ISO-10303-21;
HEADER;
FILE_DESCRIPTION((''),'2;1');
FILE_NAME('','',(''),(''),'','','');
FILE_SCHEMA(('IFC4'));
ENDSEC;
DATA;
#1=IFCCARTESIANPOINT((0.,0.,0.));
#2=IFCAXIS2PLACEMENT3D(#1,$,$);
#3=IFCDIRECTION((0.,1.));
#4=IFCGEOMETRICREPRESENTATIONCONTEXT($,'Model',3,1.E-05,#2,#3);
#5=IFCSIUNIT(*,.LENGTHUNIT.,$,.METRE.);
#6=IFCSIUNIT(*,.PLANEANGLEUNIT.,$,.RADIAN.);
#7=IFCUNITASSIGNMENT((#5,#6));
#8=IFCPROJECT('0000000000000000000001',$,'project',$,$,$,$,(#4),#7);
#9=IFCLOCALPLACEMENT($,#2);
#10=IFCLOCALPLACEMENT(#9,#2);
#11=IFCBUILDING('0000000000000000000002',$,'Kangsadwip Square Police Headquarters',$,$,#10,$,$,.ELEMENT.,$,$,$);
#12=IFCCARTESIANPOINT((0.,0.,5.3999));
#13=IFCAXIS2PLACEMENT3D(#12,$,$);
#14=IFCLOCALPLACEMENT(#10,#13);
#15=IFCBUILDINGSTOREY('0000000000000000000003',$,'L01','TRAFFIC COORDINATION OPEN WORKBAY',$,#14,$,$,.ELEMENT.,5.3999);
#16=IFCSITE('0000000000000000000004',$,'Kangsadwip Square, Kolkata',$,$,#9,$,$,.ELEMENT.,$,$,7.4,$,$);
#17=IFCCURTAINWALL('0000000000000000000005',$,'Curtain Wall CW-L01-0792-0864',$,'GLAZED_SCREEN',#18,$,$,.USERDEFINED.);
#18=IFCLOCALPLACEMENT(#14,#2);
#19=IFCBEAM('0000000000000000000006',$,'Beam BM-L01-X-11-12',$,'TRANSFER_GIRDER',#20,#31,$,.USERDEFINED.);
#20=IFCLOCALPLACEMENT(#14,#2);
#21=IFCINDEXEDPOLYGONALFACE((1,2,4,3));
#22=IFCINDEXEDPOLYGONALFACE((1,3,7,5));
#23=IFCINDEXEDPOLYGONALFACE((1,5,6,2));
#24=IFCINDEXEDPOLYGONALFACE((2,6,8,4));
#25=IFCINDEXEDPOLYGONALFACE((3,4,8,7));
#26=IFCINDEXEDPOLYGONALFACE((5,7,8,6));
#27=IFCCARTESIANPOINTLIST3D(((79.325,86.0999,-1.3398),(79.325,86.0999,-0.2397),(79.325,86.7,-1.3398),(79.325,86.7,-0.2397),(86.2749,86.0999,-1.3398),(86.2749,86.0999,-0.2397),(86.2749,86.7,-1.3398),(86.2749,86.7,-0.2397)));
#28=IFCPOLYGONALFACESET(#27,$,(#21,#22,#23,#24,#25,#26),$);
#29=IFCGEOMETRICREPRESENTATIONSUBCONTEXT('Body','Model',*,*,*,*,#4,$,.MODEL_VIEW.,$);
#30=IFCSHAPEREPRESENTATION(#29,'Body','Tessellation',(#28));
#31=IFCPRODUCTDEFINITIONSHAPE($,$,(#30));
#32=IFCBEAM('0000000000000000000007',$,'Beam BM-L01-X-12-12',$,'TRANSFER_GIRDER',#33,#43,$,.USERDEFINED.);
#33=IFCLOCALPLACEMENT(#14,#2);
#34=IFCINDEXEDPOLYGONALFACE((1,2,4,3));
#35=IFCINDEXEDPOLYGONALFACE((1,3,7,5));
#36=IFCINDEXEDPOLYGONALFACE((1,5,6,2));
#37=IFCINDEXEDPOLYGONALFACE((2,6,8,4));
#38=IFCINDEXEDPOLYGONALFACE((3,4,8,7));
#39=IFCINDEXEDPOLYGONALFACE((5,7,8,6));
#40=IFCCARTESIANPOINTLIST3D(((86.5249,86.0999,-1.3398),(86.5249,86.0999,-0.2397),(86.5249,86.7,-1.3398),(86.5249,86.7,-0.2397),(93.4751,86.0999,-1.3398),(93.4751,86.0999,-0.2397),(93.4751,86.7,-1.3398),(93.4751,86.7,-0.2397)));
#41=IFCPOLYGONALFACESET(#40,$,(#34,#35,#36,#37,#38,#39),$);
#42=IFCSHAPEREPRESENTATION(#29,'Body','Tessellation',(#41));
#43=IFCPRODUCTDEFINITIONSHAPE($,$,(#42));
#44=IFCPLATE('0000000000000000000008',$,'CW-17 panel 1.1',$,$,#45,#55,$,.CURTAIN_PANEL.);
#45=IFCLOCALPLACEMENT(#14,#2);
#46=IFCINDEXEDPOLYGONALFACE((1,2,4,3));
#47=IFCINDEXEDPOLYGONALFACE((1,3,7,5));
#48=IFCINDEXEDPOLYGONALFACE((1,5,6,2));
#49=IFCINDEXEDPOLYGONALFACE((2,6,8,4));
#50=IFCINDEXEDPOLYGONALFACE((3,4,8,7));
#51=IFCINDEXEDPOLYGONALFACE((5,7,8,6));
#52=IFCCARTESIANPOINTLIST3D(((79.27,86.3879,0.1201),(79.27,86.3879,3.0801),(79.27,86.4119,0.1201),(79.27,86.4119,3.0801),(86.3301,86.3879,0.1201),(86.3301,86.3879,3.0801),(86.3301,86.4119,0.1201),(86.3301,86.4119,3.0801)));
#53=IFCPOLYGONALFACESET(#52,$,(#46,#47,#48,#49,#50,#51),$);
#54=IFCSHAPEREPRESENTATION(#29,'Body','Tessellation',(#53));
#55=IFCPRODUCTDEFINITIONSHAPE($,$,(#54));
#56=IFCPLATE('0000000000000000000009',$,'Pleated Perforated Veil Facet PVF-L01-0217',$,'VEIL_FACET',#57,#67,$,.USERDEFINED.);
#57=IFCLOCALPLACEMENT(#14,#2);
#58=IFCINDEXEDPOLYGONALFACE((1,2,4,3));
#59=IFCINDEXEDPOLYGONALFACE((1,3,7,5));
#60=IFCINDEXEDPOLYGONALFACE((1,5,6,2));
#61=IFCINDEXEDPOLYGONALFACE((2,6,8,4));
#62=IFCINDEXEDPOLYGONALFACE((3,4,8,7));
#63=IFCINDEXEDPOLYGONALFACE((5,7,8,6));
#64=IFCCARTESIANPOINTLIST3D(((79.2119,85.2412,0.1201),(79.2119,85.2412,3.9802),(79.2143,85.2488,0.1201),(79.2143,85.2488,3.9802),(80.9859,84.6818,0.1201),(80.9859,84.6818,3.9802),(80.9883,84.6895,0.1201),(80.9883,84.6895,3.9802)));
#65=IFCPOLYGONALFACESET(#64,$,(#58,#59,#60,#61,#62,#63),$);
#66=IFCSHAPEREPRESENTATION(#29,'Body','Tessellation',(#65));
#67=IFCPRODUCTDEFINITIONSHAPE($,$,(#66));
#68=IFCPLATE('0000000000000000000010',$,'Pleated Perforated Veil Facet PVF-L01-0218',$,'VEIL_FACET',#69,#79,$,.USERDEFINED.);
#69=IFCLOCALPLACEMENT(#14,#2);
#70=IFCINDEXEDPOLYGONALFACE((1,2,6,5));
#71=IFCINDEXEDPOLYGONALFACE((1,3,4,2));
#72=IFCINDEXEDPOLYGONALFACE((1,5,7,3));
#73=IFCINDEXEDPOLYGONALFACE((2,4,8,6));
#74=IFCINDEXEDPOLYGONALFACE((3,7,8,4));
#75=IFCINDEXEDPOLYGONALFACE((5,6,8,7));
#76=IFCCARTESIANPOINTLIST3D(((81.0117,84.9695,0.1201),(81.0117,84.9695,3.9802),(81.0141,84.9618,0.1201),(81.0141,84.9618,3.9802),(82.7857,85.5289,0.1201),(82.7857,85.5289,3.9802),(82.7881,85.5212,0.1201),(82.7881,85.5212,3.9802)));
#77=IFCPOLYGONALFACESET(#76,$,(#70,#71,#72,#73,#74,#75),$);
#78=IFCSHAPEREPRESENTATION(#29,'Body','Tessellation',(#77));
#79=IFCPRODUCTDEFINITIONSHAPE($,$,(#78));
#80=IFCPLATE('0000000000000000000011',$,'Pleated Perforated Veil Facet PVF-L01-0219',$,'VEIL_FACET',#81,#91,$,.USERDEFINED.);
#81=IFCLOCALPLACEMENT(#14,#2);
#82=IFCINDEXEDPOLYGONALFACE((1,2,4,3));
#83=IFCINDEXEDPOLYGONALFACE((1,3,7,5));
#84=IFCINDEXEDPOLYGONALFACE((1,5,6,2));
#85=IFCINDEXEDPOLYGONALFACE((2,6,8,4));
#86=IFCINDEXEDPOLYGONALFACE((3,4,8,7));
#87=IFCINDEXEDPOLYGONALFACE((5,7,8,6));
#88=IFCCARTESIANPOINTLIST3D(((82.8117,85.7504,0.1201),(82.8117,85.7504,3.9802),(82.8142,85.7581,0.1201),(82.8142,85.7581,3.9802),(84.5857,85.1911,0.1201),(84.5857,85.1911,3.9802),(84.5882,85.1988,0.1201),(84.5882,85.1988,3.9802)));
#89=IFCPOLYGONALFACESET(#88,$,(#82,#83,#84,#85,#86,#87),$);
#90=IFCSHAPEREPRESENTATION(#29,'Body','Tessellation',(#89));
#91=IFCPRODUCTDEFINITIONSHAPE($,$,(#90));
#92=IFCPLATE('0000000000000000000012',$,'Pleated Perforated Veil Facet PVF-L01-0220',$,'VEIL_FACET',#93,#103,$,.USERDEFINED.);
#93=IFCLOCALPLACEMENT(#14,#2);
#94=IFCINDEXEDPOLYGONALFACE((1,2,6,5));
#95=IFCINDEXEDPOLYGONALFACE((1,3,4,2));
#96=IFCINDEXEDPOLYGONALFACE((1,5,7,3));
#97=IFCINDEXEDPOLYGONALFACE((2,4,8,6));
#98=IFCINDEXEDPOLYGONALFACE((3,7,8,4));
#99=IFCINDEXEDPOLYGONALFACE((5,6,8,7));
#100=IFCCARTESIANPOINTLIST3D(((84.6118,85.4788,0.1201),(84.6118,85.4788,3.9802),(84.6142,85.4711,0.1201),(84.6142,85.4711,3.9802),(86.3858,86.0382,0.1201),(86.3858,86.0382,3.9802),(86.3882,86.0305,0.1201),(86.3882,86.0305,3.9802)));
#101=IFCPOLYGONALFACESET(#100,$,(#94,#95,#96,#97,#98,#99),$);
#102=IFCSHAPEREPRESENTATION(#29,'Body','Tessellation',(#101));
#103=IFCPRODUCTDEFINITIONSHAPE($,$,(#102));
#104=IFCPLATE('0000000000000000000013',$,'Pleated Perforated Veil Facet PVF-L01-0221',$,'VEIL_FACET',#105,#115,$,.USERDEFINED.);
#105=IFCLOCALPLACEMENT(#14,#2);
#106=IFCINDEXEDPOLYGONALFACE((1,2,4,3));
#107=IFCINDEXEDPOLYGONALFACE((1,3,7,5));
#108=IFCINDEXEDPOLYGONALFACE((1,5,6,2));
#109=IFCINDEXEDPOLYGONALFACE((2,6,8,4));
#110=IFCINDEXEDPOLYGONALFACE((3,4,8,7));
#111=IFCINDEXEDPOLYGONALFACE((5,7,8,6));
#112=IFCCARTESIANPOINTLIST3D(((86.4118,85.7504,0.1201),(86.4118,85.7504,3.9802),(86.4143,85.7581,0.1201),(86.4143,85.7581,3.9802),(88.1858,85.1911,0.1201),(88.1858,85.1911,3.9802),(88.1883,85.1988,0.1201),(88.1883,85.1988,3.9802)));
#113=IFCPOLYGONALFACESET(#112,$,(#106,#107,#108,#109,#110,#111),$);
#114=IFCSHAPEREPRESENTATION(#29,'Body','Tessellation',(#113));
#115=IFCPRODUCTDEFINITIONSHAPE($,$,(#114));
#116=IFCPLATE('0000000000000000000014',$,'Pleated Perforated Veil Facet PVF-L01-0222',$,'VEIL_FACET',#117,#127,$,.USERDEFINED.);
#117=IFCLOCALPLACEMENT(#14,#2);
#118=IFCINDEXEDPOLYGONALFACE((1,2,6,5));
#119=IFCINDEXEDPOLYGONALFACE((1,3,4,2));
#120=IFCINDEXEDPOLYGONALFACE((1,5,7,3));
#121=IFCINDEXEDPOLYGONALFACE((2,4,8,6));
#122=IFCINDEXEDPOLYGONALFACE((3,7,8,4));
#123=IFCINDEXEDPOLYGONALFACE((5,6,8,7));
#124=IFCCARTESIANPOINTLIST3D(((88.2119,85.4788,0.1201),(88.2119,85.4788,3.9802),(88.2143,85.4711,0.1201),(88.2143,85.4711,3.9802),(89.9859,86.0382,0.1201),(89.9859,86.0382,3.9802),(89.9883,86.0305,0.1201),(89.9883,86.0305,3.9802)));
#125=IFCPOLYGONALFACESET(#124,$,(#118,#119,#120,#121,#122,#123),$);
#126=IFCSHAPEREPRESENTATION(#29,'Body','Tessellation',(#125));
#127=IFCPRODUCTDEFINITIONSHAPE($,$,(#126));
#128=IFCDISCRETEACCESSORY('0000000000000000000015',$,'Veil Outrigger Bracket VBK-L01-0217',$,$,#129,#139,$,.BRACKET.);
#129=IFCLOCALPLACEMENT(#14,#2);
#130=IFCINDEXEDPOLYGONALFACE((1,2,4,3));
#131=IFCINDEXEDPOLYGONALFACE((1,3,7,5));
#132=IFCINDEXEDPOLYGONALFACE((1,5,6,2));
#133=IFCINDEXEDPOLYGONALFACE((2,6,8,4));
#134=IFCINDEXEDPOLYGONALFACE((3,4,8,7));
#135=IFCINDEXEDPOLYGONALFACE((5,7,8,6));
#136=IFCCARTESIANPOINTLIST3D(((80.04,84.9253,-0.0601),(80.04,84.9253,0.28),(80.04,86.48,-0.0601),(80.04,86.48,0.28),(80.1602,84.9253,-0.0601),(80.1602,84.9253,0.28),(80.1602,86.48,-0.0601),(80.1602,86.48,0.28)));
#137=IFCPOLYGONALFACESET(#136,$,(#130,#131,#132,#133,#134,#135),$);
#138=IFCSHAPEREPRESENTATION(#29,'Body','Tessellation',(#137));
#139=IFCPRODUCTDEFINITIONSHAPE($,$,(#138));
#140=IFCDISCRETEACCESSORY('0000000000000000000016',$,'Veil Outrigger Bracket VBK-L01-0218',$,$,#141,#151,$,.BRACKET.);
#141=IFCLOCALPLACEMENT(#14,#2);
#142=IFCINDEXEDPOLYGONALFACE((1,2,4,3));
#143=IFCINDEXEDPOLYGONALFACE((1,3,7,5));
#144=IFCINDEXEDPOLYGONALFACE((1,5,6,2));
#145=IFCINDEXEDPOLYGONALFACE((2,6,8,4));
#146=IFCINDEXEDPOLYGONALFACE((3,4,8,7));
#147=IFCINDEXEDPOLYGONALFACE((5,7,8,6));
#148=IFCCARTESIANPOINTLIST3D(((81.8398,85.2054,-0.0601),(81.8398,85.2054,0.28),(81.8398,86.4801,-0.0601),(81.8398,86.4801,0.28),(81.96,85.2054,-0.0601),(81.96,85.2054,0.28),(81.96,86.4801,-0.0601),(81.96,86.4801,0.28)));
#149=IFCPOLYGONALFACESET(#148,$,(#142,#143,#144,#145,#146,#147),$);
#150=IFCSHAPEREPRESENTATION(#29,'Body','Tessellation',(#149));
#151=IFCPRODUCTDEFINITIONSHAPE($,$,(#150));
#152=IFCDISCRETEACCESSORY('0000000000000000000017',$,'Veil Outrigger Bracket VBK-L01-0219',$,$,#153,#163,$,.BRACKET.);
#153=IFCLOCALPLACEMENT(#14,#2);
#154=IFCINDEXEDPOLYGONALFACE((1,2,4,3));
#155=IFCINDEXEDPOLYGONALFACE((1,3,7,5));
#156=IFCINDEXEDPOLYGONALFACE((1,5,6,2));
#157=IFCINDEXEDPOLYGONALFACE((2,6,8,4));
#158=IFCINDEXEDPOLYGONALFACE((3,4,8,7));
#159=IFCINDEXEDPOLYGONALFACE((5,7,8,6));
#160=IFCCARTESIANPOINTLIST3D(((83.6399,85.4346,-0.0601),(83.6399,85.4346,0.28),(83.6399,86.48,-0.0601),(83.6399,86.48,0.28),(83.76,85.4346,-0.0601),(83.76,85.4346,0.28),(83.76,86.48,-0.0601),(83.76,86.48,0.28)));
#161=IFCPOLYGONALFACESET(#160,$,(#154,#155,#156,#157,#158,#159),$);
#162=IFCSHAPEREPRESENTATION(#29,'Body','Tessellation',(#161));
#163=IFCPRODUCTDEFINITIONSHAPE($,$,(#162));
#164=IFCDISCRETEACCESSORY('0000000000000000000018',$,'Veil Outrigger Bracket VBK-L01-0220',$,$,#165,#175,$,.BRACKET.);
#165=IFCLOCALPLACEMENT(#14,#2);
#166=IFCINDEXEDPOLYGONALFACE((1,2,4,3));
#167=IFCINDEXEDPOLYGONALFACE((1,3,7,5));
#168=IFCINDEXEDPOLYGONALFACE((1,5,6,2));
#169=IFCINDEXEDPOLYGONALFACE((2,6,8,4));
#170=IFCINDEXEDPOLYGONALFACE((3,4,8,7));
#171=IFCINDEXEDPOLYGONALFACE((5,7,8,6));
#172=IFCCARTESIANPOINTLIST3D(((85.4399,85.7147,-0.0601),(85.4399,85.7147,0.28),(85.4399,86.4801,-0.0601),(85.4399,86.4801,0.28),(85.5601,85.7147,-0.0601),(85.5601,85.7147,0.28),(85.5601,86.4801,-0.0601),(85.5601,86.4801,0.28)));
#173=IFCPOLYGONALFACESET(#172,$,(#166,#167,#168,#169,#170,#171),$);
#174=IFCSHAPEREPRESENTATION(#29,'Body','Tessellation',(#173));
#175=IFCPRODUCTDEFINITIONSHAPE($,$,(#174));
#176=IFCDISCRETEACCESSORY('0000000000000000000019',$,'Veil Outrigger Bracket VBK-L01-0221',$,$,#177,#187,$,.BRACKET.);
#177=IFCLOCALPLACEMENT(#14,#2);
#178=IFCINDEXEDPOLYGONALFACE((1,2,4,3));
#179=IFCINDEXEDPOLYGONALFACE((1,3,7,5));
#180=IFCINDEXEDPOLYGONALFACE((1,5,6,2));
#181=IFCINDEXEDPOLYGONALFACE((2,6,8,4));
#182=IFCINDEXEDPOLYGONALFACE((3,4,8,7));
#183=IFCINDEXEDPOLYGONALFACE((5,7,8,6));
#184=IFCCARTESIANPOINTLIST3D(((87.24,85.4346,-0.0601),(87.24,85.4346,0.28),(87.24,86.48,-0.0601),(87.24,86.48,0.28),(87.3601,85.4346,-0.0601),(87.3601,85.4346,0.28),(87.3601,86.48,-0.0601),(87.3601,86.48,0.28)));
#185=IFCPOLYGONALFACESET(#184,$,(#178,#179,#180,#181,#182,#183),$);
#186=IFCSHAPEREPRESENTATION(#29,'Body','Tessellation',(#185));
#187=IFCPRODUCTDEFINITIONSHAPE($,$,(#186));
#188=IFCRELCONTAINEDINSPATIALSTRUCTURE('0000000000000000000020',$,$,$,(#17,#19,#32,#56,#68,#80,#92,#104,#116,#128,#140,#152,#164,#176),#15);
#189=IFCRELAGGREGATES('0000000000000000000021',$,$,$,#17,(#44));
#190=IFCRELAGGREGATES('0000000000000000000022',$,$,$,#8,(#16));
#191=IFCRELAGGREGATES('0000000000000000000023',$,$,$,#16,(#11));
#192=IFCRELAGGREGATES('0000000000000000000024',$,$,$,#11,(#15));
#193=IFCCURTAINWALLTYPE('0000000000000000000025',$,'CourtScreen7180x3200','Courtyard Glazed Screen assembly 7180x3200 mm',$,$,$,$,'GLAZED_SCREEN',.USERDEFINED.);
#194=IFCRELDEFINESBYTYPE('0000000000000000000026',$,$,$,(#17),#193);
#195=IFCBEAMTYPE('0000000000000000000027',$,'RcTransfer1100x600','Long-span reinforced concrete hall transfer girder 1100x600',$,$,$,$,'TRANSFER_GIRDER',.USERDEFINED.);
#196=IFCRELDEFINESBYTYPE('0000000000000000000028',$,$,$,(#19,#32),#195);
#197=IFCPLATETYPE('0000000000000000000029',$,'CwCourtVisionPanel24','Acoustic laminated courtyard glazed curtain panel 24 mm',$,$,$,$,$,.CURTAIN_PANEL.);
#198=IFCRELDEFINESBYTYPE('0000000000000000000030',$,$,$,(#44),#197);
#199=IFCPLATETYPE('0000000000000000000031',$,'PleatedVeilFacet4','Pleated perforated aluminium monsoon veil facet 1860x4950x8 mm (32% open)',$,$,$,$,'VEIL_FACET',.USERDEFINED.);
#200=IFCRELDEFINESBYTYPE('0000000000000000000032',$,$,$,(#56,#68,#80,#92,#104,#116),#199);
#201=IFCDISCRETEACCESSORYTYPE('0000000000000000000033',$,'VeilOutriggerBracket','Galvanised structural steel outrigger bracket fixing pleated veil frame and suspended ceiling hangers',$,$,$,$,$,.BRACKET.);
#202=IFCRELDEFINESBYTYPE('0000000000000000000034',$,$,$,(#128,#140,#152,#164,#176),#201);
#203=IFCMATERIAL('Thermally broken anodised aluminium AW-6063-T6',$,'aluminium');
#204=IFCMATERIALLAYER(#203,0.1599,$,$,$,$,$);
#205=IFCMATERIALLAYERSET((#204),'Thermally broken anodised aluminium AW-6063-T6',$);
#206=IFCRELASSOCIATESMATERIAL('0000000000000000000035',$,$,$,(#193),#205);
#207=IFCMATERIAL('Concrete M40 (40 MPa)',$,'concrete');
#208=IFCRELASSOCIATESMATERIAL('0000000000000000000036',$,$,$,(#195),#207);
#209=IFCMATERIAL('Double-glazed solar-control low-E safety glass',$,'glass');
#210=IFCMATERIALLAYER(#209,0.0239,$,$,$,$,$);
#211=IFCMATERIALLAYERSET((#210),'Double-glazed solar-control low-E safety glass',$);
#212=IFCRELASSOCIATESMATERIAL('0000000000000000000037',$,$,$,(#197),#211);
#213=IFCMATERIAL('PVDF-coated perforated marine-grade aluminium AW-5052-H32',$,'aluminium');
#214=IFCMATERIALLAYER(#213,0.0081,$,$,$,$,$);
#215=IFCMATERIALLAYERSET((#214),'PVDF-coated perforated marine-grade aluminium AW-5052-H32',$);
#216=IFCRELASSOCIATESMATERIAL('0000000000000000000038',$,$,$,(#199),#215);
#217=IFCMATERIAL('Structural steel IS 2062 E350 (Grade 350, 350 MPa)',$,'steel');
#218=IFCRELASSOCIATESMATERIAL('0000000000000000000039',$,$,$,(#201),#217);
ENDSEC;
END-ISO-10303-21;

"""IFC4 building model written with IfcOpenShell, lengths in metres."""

from ifc_helpers import new_model, si_unit, direction, frame, origin, origin_2d, place, context, subcontext, project, spatial, rectangle, extrude, material, layer, layer_set, material_profile, profile_set, type_object, element, aggregate, save


model = new_model("IFC4")

# Units and contexts
model_context = context("Model", 3, precision=1e-05, world=origin(), true_north=direction((0.0, 1.0)))
body_context = subcontext(model_context, "Body", "Model", "MODEL_VIEW")
ifc_project = project(units=[si_unit("LENGTHUNIT", "METRE"), si_unit("PLANEANGLEUNIT", "RADIAN")], contexts=[model_context])

# Site, building, storey
site_placement = place(None, origin())
site = spatial("IfcSite", under=ifc_project, at=site_placement, Name="Kangsadwip Square, Kolkata", CompositionType="ELEMENT", RefElevation=7.4)
building_placement = place(site_placement, origin())
building = spatial("IfcBuilding", under=site, at=building_placement, Name="Kangsadwip Square Police Headquarters", CompositionType="ELEMENT")
storey_placement = place(building_placement, frame((0.0, 0.0, 5.3999)))
storey = spatial("IfcBuildingStorey", under=building, at=storey_placement, Name="L01", Description="TRAFFIC COORDINATION OPEN WORKBAY", CompositionType="ELEMENT", Elevation=5.3999)

# Shared definitions
ifc_material_1 = material(Name="Thermally broken anodised aluminium AW-6063-T6", Category="aluminium")
ifc_layer_1 = layer(ifc_material_1, 0.1599)
ifc_layer_set_1 = layer_set([ifc_layer_1], Name="Thermally broken anodised aluminium AW-6063-T6")
curtain_wall_type = type_object("IfcCurtainWallType", Name="CourtScreen7180x3200", Description="Courtyard Glazed Screen assembly 7180x3200 mm", ElementType="GLAZED_SCREEN", PredefinedType="USERDEFINED", material=ifc_layer_set_1)

# Curtain wall
curtain_wall_1_placement = place(storey_placement, origin())
curtain_wall_1 = element("IfcCurtainWall", 1, at=curtain_wall_1_placement, inside=storey, type_object=curtain_wall_type, Name="Curtain Wall CW-L01-0792-0864", ObjectType="GLAZED_SCREEN", PredefinedType="USERDEFINED")

# Beams
ifc_material_2 = material(Name="Concrete M40 (40 MPa)", Category="concrete")
ifc_material_profile_1 = material_profile(ifc_material_2, rectangle(XDim=0.6001, YDim=1.1001, at=origin_2d()), Name="RC TG 1100X600")
ifc_profile_set_1 = profile_set([ifc_material_profile_1], Name="Concrete M40 (40 MPa)")
beam_type = type_object("IfcBeamType", Name="RcTransfer1100x600", Description="Long-span reinforced concrete hall transfer girder 1100x600", ElementType="TRANSFER_GIRDER", PredefinedType="USERDEFINED", material=ifc_profile_set_1)
beam_1_placement = place(storey_placement, frame((79.325, 86.3999, -0.7898), z_axis=(1.0, 0.0, 0.0), x_axis=(0.0, 1.0, 0.0)))
element("IfcBeam", 2, at=beam_1_placement, inside=storey, type_object=beam_type, Name="Beam BM-L01-X-11-12", ObjectType="TRANSFER_GIRDER", PredefinedType="USERDEFINED", context=body_context, shape_type="SweptSolid", body=[
    extrude(rectangle(XDim=0.6001, YDim=1.1001, at=origin_2d()), origin(), (0.0, 0.0, 1.0), 6.95),
])
beam_2_placement = place(storey_placement, frame((86.5249, 86.3999, -0.7898), z_axis=(1.0, 0.0, 0.0), x_axis=(0.0, 1.0, 0.0)))
element("IfcBeam", 3, at=beam_2_placement, inside=storey, type_object=beam_type, Name="Beam BM-L01-X-12-12", ObjectType="TRANSFER_GIRDER", PredefinedType="USERDEFINED", context=body_context, shape_type="SweptSolid", body=[
    extrude(rectangle(XDim=0.6001, YDim=1.1001, at=origin_2d()), origin(), (0.0, 0.0, 1.0), 6.9502),
])

# Plate
ifc_material_3 = material(Name="Double-glazed solar-control low-E safety glass", Category="glass")
ifc_layer_2 = layer(ifc_material_3, 0.0239)
ifc_layer_set_2 = layer_set([ifc_layer_2], Name="Double-glazed solar-control low-E safety glass")
plate_type_1 = type_object("IfcPlateType", Name="CwCourtVisionPanel24", Description="Acoustic laminated courtyard glazed curtain panel 24 mm", PredefinedType="CURTAIN_PANEL", material=ifc_layer_set_2)
plate_placement = place(storey_placement, frame((82.8, 86.3999, 0.1201), z_axis=(0.0, 0.0, 1.0), x_axis=(1.0, 0.0, 0.0)))
plate = element("IfcPlate", 4, at=plate_placement, type_object=plate_type_1, Name="CW-17 panel 1.1", PredefinedType="CURTAIN_PANEL", context=body_context, shape_type="SweptSolid", body=[
    extrude(rectangle(XDim=7.0601, YDim=0.0239, at=origin_2d()), origin(), (0.0, 0.0, 1.0), 2.96),
])
aggregate(curtain_wall_1, [plate])

# Plates
ifc_material_4 = material(Name="PVDF-coated perforated marine-grade aluminium AW-5052-H32", Category="aluminium")
ifc_layer_3 = layer(ifc_material_4, 0.0081)
ifc_layer_set_3 = layer_set([ifc_layer_3], Name="PVDF-coated perforated marine-grade aluminium AW-5052-H32")
plate_type_2 = type_object("IfcPlateType", Name="PleatedVeilFacet4", Description="Pleated perforated aluminium monsoon veil facet 1860x4950x8 mm (32% open)", ElementType="VEIL_FACET", PredefinedType="USERDEFINED", material=ifc_layer_set_3)
for number, where, z_axis, x_axis, name in (
    (5, (80.1001, 84.9653, 0.1201), (0.0, 0.0, 1.0), (0.953717, -0.300706, 0.0), "Pleated Perforated Veil Facet PVF-L01-0217"),
    (6, (81.8999, 85.2454, 0.1201), (0.0, 0.0, 1.0), (0.953717, 0.300706, 0.0), "Pleated Perforated Veil Facet PVF-L01-0218"),
    (7, (83.7, 85.4746, 0.1201), (0.0, 0.0, 1.0), (0.953717, -0.300706, 0.0), "Pleated Perforated Veil Facet PVF-L01-0219"),
    (8, (85.5, 85.7546, 0.1201), (0.0, 0.0, 1.0), (0.953717, 0.300706, 0.0), "Pleated Perforated Veil Facet PVF-L01-0220"),
    (9, (87.3, 85.4746, 0.1201), (0.0, 0.0, 1.0), (0.953717, -0.300706, 0.0), "Pleated Perforated Veil Facet PVF-L01-0221"),
    (10, (89.1001, 85.7546, 0.1201), (0.0, 0.0, 1.0), (0.953717, 0.300706, 0.0), "Pleated Perforated Veil Facet PVF-L01-0222"),
):
    element("IfcPlate", number, at=place(storey_placement, frame(where, z_axis=z_axis, x_axis=x_axis)), inside=storey, type_object=plate_type_2, Name=name, ObjectType="VEIL_FACET", PredefinedType="USERDEFINED", context=body_context, shape_type="SweptSolid", body=[
        extrude(rectangle(XDim=1.8601, YDim=0.0081, at=origin_2d()), origin(), (0.0, 0.0, 1.0), 3.8601),
    ])

# Discrete accessories
ifc_material_5 = material(Name="Structural steel IS 2062 E350 (Grade 350, 350 MPa)", Category="steel")
discrete_accessory_type = type_object("IfcDiscreteAccessoryType", Name="VeilOutriggerBracket", Description="Galvanised structural steel outrigger bracket fixing pleated veil frame and suspended ceiling hangers", PredefinedType="BRACKET", material=ifc_material_5)
discrete_accessory_1_placement = place(storey_placement, frame((80.1001, 85.7026, -0.0601), z_axis=(0.0, 0.0, 1.0), x_axis=(1.0, 0.0, 0.0)))
element("IfcDiscreteAccessory", 11, at=discrete_accessory_1_placement, inside=storey, type_object=discrete_accessory_type, Name="Veil Outrigger Bracket VBK-L01-0217", PredefinedType="BRACKET", context=body_context, shape_type="SweptSolid", body=[
    extrude(rectangle(XDim=0.1201, YDim=1.5547, at=origin_2d()), origin(), (0.0, 0.0, 1.0), 0.3401),
])
discrete_accessory_2_placement = place(storey_placement, frame((81.8999, 85.8428, -0.0601), z_axis=(0.0, 0.0, 1.0), x_axis=(1.0, 0.0, 0.0)))
element("IfcDiscreteAccessory", 12, at=discrete_accessory_2_placement, inside=storey, type_object=discrete_accessory_type, Name="Veil Outrigger Bracket VBK-L01-0218", PredefinedType="BRACKET", context=body_context, shape_type="SweptSolid", body=[
    extrude(rectangle(XDim=0.1201, YDim=1.2747, at=origin_2d()), origin(), (0.0, 0.0, 1.0), 0.3401),
])
discrete_accessory_3_placement = place(storey_placement, frame((83.7, 85.9573, -0.0601), z_axis=(0.0, 0.0, 1.0), x_axis=(1.0, 0.0, 0.0)))
element("IfcDiscreteAccessory", 13, at=discrete_accessory_3_placement, inside=storey, type_object=discrete_accessory_type, Name="Veil Outrigger Bracket VBK-L01-0219", PredefinedType="BRACKET", context=body_context, shape_type="SweptSolid", body=[
    extrude(rectangle(XDim=0.1201, YDim=1.0454, at=origin_2d()), origin(), (0.0, 0.0, 1.0), 0.3401),
])
discrete_accessory_4_placement = place(storey_placement, frame((85.5, 86.0974, -0.0601), z_axis=(0.0, 0.0, 1.0), x_axis=(1.0, 0.0, 0.0)))
element("IfcDiscreteAccessory", 14, at=discrete_accessory_4_placement, inside=storey, type_object=discrete_accessory_type, Name="Veil Outrigger Bracket VBK-L01-0220", PredefinedType="BRACKET", context=body_context, shape_type="SweptSolid", body=[
    extrude(rectangle(XDim=0.1201, YDim=0.7654, at=origin_2d()), origin(), (0.0, 0.0, 1.0), 0.3401),
])
discrete_accessory_5_placement = place(storey_placement, frame((87.3, 85.9573, -0.0601), z_axis=(0.0, 0.0, 1.0), x_axis=(1.0, 0.0, 0.0)))
element("IfcDiscreteAccessory", 15, at=discrete_accessory_5_placement, inside=storey, type_object=discrete_accessory_type, Name="Veil Outrigger Bracket VBK-L01-0221", PredefinedType="BRACKET", context=body_context, shape_type="SweptSolid", body=[
    extrude(rectangle(XDim=0.1201, YDim=1.0454, at=origin_2d()), origin(), (0.0, 0.0, 1.0), 0.3401),
])

save(model, "model.ifc")
